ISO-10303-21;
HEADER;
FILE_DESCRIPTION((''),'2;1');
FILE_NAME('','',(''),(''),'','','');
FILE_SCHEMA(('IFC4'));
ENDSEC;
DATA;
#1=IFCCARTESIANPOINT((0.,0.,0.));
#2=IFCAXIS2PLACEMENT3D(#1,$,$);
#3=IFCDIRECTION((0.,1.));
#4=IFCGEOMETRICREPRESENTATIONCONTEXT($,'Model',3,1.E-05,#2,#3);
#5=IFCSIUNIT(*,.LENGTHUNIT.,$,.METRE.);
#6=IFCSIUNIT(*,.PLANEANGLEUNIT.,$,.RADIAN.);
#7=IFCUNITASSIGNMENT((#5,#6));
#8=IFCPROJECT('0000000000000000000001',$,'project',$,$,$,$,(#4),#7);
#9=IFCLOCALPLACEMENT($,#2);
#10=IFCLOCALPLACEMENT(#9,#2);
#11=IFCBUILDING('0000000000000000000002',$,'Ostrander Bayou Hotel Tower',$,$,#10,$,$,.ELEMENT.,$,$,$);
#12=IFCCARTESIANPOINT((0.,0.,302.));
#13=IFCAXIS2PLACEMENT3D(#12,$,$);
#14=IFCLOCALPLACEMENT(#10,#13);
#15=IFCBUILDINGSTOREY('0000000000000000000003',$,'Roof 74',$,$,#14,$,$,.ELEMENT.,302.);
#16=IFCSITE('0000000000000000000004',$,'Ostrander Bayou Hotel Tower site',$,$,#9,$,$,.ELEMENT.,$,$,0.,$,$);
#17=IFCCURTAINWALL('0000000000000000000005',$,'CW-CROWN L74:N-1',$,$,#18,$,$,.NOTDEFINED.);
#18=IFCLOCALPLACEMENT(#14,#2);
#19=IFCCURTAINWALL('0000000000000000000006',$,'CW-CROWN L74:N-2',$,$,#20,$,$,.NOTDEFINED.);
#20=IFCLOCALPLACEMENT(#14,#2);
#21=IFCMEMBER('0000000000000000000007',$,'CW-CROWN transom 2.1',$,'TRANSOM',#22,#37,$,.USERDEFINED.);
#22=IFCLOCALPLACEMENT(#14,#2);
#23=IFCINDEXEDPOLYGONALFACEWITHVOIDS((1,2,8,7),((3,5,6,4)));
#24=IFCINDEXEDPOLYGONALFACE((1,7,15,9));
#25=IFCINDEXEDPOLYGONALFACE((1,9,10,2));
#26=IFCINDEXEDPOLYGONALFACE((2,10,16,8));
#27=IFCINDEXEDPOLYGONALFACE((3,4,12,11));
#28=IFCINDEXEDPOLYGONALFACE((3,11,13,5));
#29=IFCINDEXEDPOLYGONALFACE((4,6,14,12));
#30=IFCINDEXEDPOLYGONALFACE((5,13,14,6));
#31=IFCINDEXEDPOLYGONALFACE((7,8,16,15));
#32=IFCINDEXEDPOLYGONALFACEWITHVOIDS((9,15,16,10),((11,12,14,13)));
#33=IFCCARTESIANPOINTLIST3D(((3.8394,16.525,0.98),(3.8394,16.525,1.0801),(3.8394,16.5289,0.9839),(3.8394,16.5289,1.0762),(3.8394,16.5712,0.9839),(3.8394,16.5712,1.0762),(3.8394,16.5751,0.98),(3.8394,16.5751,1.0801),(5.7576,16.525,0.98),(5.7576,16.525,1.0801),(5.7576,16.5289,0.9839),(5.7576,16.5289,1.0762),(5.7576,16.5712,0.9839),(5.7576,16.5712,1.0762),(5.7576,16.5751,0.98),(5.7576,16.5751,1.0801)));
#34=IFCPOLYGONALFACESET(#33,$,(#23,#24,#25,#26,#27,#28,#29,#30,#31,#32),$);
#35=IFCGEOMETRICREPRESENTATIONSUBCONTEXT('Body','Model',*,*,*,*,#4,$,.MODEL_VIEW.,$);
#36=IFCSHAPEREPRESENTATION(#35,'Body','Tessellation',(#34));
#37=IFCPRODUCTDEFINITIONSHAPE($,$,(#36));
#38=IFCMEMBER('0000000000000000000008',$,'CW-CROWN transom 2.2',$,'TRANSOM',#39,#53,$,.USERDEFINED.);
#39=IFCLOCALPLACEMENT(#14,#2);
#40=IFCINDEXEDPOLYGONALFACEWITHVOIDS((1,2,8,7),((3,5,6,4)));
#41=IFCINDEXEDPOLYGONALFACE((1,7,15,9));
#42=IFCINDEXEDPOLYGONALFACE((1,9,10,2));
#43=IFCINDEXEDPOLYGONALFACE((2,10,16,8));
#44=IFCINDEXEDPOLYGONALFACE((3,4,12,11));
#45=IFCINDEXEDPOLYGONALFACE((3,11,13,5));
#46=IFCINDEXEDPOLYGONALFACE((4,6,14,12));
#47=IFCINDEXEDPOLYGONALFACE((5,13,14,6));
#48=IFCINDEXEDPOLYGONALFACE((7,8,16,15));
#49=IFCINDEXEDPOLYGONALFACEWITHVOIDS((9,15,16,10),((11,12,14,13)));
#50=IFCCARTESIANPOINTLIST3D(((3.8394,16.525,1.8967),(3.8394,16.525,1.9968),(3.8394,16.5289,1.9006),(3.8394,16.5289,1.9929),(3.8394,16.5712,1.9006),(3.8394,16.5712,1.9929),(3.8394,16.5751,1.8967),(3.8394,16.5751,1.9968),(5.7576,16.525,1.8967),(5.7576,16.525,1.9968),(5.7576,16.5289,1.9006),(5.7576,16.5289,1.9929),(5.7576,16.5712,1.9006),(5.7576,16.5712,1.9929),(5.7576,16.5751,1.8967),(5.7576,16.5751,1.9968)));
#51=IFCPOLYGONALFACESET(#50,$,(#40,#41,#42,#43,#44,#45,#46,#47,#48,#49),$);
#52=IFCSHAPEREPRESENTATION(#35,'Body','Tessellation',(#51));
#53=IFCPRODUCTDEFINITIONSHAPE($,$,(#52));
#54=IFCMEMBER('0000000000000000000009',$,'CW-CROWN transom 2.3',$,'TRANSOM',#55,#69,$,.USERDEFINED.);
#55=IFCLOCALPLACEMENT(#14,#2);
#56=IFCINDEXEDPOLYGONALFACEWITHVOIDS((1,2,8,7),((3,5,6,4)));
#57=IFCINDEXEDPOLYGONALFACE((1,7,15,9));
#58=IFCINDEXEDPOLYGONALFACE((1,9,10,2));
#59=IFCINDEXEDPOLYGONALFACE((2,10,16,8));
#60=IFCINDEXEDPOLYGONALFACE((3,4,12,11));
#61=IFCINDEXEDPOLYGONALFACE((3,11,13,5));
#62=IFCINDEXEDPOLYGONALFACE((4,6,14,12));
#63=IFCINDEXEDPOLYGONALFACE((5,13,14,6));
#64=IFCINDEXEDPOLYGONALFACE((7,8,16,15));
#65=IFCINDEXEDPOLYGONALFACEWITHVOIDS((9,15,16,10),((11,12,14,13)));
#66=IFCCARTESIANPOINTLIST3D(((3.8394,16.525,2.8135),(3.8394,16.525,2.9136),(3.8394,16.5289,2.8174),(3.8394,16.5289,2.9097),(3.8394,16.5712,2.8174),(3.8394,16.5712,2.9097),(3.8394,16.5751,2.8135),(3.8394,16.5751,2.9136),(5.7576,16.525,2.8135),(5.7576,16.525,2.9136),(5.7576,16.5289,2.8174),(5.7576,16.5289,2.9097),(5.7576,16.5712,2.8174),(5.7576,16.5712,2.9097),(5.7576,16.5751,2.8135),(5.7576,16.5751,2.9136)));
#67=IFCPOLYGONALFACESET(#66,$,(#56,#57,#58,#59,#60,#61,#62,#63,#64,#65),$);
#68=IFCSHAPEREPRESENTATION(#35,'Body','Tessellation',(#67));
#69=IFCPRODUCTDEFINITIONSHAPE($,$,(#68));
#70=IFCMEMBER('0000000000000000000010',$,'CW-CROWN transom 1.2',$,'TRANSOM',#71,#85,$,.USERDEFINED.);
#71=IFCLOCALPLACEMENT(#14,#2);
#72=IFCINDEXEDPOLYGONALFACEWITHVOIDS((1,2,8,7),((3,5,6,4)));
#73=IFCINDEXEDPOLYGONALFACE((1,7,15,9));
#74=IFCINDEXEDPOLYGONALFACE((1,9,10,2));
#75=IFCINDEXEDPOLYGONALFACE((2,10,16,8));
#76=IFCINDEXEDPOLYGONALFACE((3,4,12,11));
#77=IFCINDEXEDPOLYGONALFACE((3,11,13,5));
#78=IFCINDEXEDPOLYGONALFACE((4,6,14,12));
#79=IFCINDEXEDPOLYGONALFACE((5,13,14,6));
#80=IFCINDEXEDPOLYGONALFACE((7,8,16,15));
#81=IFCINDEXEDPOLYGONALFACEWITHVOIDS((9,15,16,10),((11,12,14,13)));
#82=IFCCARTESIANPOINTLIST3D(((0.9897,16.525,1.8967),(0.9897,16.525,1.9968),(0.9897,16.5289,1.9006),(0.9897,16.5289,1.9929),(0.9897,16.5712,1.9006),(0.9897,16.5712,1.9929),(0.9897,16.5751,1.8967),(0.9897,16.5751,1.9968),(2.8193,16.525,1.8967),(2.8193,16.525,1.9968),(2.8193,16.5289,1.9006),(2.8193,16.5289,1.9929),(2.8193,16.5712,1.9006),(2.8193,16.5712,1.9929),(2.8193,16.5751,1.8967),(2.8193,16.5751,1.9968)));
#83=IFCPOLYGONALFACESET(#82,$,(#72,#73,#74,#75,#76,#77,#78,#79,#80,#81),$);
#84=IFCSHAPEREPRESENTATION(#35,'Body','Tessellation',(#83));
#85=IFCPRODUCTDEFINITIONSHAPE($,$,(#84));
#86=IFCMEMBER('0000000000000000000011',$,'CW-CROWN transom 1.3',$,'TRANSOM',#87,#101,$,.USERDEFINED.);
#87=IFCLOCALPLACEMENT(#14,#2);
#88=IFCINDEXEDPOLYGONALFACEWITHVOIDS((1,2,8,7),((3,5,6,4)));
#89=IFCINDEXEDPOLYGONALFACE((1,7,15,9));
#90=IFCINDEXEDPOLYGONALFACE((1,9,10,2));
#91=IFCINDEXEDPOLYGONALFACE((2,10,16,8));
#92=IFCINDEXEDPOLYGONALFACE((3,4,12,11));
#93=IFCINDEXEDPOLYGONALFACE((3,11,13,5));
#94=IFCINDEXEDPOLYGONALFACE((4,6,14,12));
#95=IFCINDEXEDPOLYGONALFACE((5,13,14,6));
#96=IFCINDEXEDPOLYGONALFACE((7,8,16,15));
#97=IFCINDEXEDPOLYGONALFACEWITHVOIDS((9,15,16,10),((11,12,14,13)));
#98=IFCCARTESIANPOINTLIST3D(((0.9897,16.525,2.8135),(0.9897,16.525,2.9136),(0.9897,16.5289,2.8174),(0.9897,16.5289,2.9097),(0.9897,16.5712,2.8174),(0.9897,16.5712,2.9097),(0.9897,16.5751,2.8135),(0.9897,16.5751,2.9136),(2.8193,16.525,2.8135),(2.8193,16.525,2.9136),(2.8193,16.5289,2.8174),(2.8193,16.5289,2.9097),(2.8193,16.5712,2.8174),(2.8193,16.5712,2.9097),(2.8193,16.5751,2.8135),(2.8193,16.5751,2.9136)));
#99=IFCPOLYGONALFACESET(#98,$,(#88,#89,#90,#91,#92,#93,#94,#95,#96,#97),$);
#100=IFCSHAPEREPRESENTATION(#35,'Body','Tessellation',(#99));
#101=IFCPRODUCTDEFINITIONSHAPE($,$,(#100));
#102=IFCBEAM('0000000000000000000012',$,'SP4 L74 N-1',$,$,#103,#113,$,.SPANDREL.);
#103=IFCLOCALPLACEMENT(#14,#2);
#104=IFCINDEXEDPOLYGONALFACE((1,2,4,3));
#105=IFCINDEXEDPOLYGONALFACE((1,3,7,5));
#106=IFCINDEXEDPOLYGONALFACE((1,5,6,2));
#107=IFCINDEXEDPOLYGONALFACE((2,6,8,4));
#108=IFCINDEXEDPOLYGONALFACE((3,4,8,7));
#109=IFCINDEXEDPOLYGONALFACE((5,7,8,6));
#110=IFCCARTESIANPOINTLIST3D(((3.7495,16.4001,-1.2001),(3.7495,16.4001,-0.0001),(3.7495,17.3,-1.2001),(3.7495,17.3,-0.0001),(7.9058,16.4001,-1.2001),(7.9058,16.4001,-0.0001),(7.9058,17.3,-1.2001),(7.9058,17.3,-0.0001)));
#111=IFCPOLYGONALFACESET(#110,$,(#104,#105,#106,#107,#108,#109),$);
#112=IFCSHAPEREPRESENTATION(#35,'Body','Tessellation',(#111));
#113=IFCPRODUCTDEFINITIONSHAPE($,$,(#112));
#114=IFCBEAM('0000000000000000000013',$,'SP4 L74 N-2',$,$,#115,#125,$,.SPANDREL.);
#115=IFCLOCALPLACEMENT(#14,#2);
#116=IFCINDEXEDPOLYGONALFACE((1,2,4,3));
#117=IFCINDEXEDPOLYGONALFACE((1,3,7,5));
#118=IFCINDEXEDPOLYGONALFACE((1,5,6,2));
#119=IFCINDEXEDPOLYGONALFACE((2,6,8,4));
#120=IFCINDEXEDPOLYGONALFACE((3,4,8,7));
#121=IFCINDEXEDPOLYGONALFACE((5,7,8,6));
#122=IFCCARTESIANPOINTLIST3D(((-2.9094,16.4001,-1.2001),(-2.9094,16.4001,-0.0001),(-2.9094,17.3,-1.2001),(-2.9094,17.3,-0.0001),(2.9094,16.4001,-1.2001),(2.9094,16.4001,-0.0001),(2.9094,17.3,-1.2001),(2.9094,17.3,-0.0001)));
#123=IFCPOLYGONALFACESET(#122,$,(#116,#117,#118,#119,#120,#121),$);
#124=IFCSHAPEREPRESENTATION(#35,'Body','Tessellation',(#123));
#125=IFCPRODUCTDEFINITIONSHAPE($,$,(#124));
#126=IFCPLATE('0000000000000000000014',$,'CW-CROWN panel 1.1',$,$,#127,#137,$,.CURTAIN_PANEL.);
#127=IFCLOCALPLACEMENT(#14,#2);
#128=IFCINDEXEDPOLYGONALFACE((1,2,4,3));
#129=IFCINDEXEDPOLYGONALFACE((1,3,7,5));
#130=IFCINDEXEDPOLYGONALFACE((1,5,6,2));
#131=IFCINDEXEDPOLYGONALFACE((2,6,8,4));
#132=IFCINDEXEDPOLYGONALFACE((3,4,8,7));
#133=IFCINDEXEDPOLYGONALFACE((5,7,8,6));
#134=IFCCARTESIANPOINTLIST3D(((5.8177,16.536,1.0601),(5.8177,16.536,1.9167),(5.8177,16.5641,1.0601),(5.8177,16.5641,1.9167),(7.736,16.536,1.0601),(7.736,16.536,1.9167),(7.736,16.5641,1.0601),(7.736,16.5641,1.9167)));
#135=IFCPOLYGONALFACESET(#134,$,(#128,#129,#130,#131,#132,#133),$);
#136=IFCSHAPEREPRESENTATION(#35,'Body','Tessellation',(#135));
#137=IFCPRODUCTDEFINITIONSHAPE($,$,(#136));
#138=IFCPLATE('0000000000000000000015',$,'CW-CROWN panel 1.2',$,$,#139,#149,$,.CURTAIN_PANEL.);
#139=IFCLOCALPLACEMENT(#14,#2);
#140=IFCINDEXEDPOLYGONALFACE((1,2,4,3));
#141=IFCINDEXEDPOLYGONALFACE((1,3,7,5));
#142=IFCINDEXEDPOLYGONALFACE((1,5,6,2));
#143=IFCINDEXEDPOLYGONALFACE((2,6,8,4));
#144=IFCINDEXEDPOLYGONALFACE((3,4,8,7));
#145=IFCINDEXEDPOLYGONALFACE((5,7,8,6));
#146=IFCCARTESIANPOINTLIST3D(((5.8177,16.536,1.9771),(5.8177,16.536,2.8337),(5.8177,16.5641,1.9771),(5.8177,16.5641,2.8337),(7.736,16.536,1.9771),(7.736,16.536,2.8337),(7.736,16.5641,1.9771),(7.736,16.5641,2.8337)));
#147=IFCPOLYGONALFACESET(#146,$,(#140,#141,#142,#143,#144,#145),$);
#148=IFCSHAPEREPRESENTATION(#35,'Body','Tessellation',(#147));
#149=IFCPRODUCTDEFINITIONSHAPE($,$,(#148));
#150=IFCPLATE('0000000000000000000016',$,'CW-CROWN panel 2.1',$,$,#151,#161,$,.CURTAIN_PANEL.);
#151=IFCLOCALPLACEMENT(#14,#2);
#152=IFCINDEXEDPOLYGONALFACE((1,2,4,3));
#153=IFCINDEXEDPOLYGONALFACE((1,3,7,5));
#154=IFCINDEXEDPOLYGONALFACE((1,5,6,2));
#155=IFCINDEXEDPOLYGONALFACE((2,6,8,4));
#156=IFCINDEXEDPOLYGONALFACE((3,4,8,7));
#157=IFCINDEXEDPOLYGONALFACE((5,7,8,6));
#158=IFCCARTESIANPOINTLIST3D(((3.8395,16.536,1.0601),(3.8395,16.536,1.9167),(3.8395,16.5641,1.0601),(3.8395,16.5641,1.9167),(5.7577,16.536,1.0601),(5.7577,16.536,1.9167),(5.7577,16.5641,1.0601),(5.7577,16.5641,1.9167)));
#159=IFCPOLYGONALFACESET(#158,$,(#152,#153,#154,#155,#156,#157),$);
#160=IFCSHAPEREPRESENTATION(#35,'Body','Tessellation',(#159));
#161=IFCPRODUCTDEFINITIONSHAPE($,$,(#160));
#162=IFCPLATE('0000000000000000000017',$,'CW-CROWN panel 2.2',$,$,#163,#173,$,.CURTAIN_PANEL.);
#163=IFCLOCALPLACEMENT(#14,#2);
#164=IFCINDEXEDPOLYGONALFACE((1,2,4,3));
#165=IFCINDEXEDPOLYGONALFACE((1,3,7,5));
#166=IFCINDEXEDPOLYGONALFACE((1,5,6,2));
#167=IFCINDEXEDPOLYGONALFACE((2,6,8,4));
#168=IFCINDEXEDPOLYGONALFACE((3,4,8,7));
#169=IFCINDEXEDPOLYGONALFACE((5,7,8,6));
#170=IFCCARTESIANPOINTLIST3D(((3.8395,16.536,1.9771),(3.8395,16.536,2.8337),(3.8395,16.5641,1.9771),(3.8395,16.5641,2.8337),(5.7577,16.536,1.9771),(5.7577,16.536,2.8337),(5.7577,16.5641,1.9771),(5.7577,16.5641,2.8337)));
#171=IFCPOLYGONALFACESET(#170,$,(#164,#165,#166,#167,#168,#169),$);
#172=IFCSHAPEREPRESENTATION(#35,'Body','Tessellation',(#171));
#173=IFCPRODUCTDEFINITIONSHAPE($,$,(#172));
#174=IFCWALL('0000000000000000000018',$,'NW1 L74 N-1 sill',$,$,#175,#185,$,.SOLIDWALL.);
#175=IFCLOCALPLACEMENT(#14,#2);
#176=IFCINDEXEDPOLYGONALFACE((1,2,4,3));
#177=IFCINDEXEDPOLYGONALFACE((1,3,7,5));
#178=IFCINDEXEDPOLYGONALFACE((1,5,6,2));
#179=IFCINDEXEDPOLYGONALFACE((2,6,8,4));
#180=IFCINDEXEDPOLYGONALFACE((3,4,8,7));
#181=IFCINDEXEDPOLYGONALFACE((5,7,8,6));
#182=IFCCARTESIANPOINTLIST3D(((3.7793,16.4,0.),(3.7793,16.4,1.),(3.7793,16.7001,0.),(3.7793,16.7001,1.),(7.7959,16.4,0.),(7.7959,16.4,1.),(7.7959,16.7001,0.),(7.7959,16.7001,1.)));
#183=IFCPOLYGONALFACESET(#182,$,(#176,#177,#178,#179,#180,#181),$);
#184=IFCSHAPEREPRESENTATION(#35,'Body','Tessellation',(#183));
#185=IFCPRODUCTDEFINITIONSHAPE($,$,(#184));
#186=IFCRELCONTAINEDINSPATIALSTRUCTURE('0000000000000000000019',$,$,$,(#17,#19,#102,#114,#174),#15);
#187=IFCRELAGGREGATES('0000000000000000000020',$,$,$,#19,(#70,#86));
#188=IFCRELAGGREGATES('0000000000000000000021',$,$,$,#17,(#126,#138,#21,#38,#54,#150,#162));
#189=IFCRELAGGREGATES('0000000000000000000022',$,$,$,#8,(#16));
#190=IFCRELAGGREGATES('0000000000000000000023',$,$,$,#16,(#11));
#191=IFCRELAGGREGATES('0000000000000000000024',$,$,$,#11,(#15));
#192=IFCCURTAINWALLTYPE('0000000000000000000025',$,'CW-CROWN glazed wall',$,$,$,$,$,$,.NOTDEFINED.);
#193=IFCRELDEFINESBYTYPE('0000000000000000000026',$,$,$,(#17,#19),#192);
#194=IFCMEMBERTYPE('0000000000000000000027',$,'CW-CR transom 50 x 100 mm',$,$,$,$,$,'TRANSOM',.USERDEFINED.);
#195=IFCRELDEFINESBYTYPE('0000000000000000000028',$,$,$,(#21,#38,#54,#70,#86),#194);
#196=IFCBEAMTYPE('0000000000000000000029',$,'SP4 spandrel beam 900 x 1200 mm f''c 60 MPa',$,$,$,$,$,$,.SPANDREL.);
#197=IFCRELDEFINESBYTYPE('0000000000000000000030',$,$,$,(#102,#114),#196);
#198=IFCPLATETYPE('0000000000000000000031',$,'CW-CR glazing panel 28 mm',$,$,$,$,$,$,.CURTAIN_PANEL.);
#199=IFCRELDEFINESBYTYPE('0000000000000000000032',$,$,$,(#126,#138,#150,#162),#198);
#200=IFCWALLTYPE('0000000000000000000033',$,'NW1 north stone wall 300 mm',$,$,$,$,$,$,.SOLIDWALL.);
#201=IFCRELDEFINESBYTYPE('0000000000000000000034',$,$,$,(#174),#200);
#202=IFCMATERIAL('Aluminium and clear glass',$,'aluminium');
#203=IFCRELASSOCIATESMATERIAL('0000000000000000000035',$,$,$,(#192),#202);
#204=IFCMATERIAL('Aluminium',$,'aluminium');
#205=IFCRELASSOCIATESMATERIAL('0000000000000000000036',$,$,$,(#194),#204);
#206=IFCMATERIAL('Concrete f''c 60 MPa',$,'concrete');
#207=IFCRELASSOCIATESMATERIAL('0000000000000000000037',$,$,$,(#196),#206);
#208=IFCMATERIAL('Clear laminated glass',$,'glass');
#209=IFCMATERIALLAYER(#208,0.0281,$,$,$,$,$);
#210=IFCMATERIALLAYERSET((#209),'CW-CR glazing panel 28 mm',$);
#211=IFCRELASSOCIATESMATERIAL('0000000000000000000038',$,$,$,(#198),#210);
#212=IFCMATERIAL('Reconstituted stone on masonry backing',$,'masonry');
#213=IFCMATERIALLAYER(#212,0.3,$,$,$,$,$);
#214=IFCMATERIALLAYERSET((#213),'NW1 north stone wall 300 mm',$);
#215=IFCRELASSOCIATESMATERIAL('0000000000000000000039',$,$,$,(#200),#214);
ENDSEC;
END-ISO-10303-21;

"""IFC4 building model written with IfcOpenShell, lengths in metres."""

from ifc_helpers import new_model, si_unit, direction, frame, frame_2d, origin, origin_2d, place, context, subcontext, project, spatial, rectangle, hollow_rectangle, extrude, material, layer, layer_set, material_profile, profile_set, type_object, element, aggregate, save


model = new_model("IFC4")

# Units and contexts
model_context = context("Model", 3, precision=1e-05, world=origin(), true_north=direction((0.0, 1.0)))
body_context = subcontext(model_context, "Body", "Model", "MODEL_VIEW")
ifc_project = project(units=[si_unit("LENGTHUNIT", "METRE"), si_unit("PLANEANGLEUNIT", "RADIAN")], contexts=[model_context])

# Site, building, storey
site_placement = place(None, origin())
site = spatial("IfcSite", under=ifc_project, at=site_placement, Name="Ostrander Bayou Hotel Tower site", CompositionType="ELEMENT", RefElevation=0.0)
building_placement = place(site_placement, origin())
building = spatial("IfcBuilding", under=site, at=building_placement, Name="Ostrander Bayou Hotel Tower", CompositionType="ELEMENT")
storey_placement = place(building_placement, frame((0.0, 0.0, 302.0)))
storey = spatial("IfcBuildingStorey", under=building, at=storey_placement, Name="Roof 74", CompositionType="ELEMENT", Elevation=302.0)

# Curtain wall
ifc_material_1 = material(Name="Aluminium and clear glass", Category="aluminium")
curtain_wall_type = type_object("IfcCurtainWallType", Name="CW-CROWN glazed wall", PredefinedType="NOTDEFINED", material=ifc_material_1)
curtain_wall_1_placement = place(storey_placement, origin())
curtain_wall_1 = element("IfcCurtainWall", 1, at=curtain_wall_1_placement, inside=storey, type_object=curtain_wall_type, Name="CW-CROWN L74:N-1", PredefinedType="NOTDEFINED")

# Curtain wall
curtain_wall_2_placement = place(storey_placement, origin())
curtain_wall_2 = element("IfcCurtainWall", 2, at=curtain_wall_2_placement, inside=storey, type_object=curtain_wall_type, Name="CW-CROWN L74:N-2", PredefinedType="NOTDEFINED")

# Members
ifc_material_2 = material(Name="Aluminium", Category="aluminium")
ifc_material_profile_1 = material_profile(ifc_material_2, hollow_rectangle(XDim=0.05, YDim=0.1001, WallThickness=0.0039, at=origin_2d()))
ifc_profile_set_1 = profile_set([ifc_material_profile_1], Name="Aluminium")
member_type_1 = type_object("IfcMemberType", Name="CW-CR transom 50 x 100 mm", ElementType="TRANSOM", PredefinedType="USERDEFINED", material=ifc_profile_set_1)
member_1_placement = place(storey_placement, frame((5.7576, 16.55, 1.03), z_axis=(-1.0, 0.0, 0.0), x_axis=(0.0, -1.0, 0.0)))
member_1 = element("IfcMember", 3, at=member_1_placement, type_object=member_type_1, Name="CW-CROWN transom 2.1", ObjectType="TRANSOM", PredefinedType="USERDEFINED", context=body_context, shape_type="SweptSolid", body=[
    extrude(hollow_rectangle(XDim=0.05, YDim=0.1001, WallThickness=0.0039, at=origin_2d()), origin(), (0.0, 0.0, 1.0), 1.9182),
])
member_2_placement = place(storey_placement, frame((5.7576, 16.55, 1.9468), z_axis=(-1.0, 0.0, 0.0), x_axis=(0.0, -1.0, 0.0)))
member_2 = element("IfcMember", 4, at=member_2_placement, type_object=member_type_1, Name="CW-CROWN transom 2.2", ObjectType="TRANSOM", PredefinedType="USERDEFINED", context=body_context, shape_type="SweptSolid", body=[
    extrude(hollow_rectangle(XDim=0.05, YDim=0.1001, WallThickness=0.0039, at=origin_2d()), origin(), (0.0, 0.0, 1.0), 1.9182),
])
member_3_placement = place(storey_placement, frame((5.7576, 16.55, 2.8635), z_axis=(-1.0, 0.0, 0.0), x_axis=(0.0, -1.0, 0.0)))
member_3 = element("IfcMember", 5, at=member_3_placement, type_object=member_type_1, Name="CW-CROWN transom 2.3", ObjectType="TRANSOM", PredefinedType="USERDEFINED", context=body_context, shape_type="SweptSolid", body=[
    extrude(hollow_rectangle(XDim=0.05, YDim=0.1001, WallThickness=0.0039, at=origin_2d()), origin(), (0.0, 0.0, 1.0), 1.9182),
])
member_4_placement = place(storey_placement, frame((2.8193, 16.55, 1.9468), z_axis=(-1.0, 0.0, 0.0), x_axis=(0.0, -1.0, 0.0)))
member_4 = element("IfcMember", 6, at=member_4_placement, type_object=member_type_1, Name="CW-CROWN transom 1.2", ObjectType="TRANSOM", PredefinedType="USERDEFINED", context=body_context, shape_type="SweptSolid", body=[
    extrude(hollow_rectangle(XDim=0.05, YDim=0.1001, WallThickness=0.0039, at=origin_2d()), origin(), (0.0, 0.0, 1.0), 1.8296),
])
member_5_placement = place(storey_placement, frame((2.8193, 16.55, 2.8635), z_axis=(-1.0, 0.0, 0.0), x_axis=(0.0, -1.0, 0.0)))
member_5 = element("IfcMember", 7, at=member_5_placement, type_object=member_type_1, Name="CW-CROWN transom 1.3", ObjectType="TRANSOM", PredefinedType="USERDEFINED", context=body_context, shape_type="SweptSolid", body=[
    extrude(hollow_rectangle(XDim=0.05, YDim=0.1001, WallThickness=0.0039, at=origin_2d()), origin(), (0.0, 0.0, 1.0), 1.8296),
])
aggregate(curtain_wall_2, [member_4, member_5])

# Beams
ifc_material_3 = material(Name="Concrete f'c 60 MPa", Category="concrete")
ifc_material_profile_2 = material_profile(ifc_material_3, rectangle(XDim=0.8999, YDim=1.2, at=origin_2d()))
ifc_profile_set_2 = profile_set([ifc_material_profile_2], Name="Concrete f'c 60 MPa")
beam_type = type_object("IfcBeamType", Name="SP4 spandrel beam 900 x 1200 mm f'c 60 MPa", PredefinedType="SPANDREL", material=ifc_profile_set_2)
beam_1_placement = place(storey_placement, frame((7.9058, 16.8501, -0.6001), z_axis=(-1.0, 0.0, 0.0), x_axis=(0.0, -1.0, 0.0)))
element("IfcBeam", 8, at=beam_1_placement, inside=storey, type_object=beam_type, Name="SP4 L74 N-1", PredefinedType="SPANDREL", context=body_context, shape_type="SweptSolid", body=[
    extrude(rectangle(XDim=0.8999, YDim=1.2, at=origin_2d()), origin(), (0.0, 0.0, 1.0), 4.1562),
])
beam_2_placement = place(storey_placement, frame((2.9094, 16.8501, -0.6001), z_axis=(-1.0, 0.0, 0.0), x_axis=(0.0, -1.0, 0.0)))
element("IfcBeam", 9, at=beam_2_placement, inside=storey, type_object=beam_type, Name="SP4 L74 N-2", PredefinedType="SPANDREL", context=body_context, shape_type="SweptSolid", body=[
    extrude(rectangle(XDim=0.8999, YDim=1.2, at=origin_2d()), origin(), (0.0, 0.0, 1.0), 5.8188),
])

# Plates
ifc_material_4 = material(Name="Clear laminated glass", Category="glass")
ifc_layer_1 = layer(ifc_material_4, 0.0281)
ifc_layer_set_1 = layer_set([ifc_layer_1], Name="CW-CR glazing panel 28 mm")
plate_type = type_object("IfcPlateType", Name="CW-CR glazing panel 28 mm", PredefinedType="CURTAIN_PANEL", material=ifc_layer_set_1)
plate_1_placement = place(storey_placement, frame((6.7769, 16.55, 1.0601), z_axis=(0.0, 0.0, 1.0), x_axis=(-1.0, 0.0, 0.0)))
plate_1 = element("IfcPlate", 10, at=plate_1_placement, type_object=plate_type, Name="CW-CROWN panel 1.1", PredefinedType="CURTAIN_PANEL", context=body_context, shape_type="SweptSolid", body=[
    extrude(rectangle(XDim=1.9182, YDim=0.0281, at=origin_2d()), origin(), (0.0, 0.0, 1.0), 0.8567),
])
plate_2_placement = place(storey_placement, frame((6.7769, 16.55, 1.9771), z_axis=(0.0, 0.0, 1.0), x_axis=(-1.0, 0.0, 0.0)))
plate_2 = element("IfcPlate", 11, at=plate_2_placement, type_object=plate_type, Name="CW-CROWN panel 1.2", PredefinedType="CURTAIN_PANEL", context=body_context, shape_type="SweptSolid", body=[
    extrude(rectangle(XDim=1.9182, YDim=0.0281, at=origin_2d()), origin(), (0.0, 0.0, 1.0), 0.8567),
])
plate_3_placement = place(storey_placement, frame((4.7986, 16.55, 1.0601), z_axis=(0.0, 0.0, 1.0), x_axis=(-1.0, 0.0, 0.0)))
plate_3 = element("IfcPlate", 12, at=plate_3_placement, type_object=plate_type, Name="CW-CROWN panel 2.1", PredefinedType="CURTAIN_PANEL", context=body_context, shape_type="SweptSolid", body=[
    extrude(rectangle(XDim=1.9182, YDim=0.0281, at=origin_2d()), origin(), (0.0, 0.0, 1.0), 0.8567),
])
plate_4_placement = place(storey_placement, frame((4.7986, 16.55, 1.9771), z_axis=(0.0, 0.0, 1.0), x_axis=(-1.0, 0.0, 0.0)))
plate_4 = element("IfcPlate", 13, at=plate_4_placement, type_object=plate_type, Name="CW-CROWN panel 2.2", PredefinedType="CURTAIN_PANEL", context=body_context, shape_type="SweptSolid", body=[
    extrude(rectangle(XDim=1.9182, YDim=0.0281, at=origin_2d()), origin(), (0.0, 0.0, 1.0), 0.8567),
])
aggregate(curtain_wall_1, [plate_1, plate_2, member_1, member_2, member_3, plate_3, plate_4])

# Wall
ifc_material_5 = material(Name="Reconstituted stone on masonry backing", Category="masonry")
ifc_layer_2 = layer(ifc_material_5, 0.3)
ifc_layer_set_2 = layer_set([ifc_layer_2], Name="NW1 north stone wall 300 mm")
wall_type = type_object("IfcWallType", Name="NW1 north stone wall 300 mm", PredefinedType="SOLIDWALL", material=ifc_layer_set_2)
wall_1_placement = place(storey_placement, frame((7.7959, 16.55, 0.0), z_axis=(0.0, 0.0, 1.0), x_axis=(-1.0, 0.0, 0.0)))
element("IfcWall", 14, at=wall_1_placement, inside=storey, type_object=wall_type, Name="NW1 L74 N-1 sill", PredefinedType="SOLIDWALL", context=body_context, shape_type="SweptSolid", body=[
    extrude(rectangle(XDim=4.0166, YDim=0.3, at=frame_2d((2.0083, 0.0))), origin(), (0.0, 0.0, 1.0), 1.0),
])

save(model, "model.ifc")
